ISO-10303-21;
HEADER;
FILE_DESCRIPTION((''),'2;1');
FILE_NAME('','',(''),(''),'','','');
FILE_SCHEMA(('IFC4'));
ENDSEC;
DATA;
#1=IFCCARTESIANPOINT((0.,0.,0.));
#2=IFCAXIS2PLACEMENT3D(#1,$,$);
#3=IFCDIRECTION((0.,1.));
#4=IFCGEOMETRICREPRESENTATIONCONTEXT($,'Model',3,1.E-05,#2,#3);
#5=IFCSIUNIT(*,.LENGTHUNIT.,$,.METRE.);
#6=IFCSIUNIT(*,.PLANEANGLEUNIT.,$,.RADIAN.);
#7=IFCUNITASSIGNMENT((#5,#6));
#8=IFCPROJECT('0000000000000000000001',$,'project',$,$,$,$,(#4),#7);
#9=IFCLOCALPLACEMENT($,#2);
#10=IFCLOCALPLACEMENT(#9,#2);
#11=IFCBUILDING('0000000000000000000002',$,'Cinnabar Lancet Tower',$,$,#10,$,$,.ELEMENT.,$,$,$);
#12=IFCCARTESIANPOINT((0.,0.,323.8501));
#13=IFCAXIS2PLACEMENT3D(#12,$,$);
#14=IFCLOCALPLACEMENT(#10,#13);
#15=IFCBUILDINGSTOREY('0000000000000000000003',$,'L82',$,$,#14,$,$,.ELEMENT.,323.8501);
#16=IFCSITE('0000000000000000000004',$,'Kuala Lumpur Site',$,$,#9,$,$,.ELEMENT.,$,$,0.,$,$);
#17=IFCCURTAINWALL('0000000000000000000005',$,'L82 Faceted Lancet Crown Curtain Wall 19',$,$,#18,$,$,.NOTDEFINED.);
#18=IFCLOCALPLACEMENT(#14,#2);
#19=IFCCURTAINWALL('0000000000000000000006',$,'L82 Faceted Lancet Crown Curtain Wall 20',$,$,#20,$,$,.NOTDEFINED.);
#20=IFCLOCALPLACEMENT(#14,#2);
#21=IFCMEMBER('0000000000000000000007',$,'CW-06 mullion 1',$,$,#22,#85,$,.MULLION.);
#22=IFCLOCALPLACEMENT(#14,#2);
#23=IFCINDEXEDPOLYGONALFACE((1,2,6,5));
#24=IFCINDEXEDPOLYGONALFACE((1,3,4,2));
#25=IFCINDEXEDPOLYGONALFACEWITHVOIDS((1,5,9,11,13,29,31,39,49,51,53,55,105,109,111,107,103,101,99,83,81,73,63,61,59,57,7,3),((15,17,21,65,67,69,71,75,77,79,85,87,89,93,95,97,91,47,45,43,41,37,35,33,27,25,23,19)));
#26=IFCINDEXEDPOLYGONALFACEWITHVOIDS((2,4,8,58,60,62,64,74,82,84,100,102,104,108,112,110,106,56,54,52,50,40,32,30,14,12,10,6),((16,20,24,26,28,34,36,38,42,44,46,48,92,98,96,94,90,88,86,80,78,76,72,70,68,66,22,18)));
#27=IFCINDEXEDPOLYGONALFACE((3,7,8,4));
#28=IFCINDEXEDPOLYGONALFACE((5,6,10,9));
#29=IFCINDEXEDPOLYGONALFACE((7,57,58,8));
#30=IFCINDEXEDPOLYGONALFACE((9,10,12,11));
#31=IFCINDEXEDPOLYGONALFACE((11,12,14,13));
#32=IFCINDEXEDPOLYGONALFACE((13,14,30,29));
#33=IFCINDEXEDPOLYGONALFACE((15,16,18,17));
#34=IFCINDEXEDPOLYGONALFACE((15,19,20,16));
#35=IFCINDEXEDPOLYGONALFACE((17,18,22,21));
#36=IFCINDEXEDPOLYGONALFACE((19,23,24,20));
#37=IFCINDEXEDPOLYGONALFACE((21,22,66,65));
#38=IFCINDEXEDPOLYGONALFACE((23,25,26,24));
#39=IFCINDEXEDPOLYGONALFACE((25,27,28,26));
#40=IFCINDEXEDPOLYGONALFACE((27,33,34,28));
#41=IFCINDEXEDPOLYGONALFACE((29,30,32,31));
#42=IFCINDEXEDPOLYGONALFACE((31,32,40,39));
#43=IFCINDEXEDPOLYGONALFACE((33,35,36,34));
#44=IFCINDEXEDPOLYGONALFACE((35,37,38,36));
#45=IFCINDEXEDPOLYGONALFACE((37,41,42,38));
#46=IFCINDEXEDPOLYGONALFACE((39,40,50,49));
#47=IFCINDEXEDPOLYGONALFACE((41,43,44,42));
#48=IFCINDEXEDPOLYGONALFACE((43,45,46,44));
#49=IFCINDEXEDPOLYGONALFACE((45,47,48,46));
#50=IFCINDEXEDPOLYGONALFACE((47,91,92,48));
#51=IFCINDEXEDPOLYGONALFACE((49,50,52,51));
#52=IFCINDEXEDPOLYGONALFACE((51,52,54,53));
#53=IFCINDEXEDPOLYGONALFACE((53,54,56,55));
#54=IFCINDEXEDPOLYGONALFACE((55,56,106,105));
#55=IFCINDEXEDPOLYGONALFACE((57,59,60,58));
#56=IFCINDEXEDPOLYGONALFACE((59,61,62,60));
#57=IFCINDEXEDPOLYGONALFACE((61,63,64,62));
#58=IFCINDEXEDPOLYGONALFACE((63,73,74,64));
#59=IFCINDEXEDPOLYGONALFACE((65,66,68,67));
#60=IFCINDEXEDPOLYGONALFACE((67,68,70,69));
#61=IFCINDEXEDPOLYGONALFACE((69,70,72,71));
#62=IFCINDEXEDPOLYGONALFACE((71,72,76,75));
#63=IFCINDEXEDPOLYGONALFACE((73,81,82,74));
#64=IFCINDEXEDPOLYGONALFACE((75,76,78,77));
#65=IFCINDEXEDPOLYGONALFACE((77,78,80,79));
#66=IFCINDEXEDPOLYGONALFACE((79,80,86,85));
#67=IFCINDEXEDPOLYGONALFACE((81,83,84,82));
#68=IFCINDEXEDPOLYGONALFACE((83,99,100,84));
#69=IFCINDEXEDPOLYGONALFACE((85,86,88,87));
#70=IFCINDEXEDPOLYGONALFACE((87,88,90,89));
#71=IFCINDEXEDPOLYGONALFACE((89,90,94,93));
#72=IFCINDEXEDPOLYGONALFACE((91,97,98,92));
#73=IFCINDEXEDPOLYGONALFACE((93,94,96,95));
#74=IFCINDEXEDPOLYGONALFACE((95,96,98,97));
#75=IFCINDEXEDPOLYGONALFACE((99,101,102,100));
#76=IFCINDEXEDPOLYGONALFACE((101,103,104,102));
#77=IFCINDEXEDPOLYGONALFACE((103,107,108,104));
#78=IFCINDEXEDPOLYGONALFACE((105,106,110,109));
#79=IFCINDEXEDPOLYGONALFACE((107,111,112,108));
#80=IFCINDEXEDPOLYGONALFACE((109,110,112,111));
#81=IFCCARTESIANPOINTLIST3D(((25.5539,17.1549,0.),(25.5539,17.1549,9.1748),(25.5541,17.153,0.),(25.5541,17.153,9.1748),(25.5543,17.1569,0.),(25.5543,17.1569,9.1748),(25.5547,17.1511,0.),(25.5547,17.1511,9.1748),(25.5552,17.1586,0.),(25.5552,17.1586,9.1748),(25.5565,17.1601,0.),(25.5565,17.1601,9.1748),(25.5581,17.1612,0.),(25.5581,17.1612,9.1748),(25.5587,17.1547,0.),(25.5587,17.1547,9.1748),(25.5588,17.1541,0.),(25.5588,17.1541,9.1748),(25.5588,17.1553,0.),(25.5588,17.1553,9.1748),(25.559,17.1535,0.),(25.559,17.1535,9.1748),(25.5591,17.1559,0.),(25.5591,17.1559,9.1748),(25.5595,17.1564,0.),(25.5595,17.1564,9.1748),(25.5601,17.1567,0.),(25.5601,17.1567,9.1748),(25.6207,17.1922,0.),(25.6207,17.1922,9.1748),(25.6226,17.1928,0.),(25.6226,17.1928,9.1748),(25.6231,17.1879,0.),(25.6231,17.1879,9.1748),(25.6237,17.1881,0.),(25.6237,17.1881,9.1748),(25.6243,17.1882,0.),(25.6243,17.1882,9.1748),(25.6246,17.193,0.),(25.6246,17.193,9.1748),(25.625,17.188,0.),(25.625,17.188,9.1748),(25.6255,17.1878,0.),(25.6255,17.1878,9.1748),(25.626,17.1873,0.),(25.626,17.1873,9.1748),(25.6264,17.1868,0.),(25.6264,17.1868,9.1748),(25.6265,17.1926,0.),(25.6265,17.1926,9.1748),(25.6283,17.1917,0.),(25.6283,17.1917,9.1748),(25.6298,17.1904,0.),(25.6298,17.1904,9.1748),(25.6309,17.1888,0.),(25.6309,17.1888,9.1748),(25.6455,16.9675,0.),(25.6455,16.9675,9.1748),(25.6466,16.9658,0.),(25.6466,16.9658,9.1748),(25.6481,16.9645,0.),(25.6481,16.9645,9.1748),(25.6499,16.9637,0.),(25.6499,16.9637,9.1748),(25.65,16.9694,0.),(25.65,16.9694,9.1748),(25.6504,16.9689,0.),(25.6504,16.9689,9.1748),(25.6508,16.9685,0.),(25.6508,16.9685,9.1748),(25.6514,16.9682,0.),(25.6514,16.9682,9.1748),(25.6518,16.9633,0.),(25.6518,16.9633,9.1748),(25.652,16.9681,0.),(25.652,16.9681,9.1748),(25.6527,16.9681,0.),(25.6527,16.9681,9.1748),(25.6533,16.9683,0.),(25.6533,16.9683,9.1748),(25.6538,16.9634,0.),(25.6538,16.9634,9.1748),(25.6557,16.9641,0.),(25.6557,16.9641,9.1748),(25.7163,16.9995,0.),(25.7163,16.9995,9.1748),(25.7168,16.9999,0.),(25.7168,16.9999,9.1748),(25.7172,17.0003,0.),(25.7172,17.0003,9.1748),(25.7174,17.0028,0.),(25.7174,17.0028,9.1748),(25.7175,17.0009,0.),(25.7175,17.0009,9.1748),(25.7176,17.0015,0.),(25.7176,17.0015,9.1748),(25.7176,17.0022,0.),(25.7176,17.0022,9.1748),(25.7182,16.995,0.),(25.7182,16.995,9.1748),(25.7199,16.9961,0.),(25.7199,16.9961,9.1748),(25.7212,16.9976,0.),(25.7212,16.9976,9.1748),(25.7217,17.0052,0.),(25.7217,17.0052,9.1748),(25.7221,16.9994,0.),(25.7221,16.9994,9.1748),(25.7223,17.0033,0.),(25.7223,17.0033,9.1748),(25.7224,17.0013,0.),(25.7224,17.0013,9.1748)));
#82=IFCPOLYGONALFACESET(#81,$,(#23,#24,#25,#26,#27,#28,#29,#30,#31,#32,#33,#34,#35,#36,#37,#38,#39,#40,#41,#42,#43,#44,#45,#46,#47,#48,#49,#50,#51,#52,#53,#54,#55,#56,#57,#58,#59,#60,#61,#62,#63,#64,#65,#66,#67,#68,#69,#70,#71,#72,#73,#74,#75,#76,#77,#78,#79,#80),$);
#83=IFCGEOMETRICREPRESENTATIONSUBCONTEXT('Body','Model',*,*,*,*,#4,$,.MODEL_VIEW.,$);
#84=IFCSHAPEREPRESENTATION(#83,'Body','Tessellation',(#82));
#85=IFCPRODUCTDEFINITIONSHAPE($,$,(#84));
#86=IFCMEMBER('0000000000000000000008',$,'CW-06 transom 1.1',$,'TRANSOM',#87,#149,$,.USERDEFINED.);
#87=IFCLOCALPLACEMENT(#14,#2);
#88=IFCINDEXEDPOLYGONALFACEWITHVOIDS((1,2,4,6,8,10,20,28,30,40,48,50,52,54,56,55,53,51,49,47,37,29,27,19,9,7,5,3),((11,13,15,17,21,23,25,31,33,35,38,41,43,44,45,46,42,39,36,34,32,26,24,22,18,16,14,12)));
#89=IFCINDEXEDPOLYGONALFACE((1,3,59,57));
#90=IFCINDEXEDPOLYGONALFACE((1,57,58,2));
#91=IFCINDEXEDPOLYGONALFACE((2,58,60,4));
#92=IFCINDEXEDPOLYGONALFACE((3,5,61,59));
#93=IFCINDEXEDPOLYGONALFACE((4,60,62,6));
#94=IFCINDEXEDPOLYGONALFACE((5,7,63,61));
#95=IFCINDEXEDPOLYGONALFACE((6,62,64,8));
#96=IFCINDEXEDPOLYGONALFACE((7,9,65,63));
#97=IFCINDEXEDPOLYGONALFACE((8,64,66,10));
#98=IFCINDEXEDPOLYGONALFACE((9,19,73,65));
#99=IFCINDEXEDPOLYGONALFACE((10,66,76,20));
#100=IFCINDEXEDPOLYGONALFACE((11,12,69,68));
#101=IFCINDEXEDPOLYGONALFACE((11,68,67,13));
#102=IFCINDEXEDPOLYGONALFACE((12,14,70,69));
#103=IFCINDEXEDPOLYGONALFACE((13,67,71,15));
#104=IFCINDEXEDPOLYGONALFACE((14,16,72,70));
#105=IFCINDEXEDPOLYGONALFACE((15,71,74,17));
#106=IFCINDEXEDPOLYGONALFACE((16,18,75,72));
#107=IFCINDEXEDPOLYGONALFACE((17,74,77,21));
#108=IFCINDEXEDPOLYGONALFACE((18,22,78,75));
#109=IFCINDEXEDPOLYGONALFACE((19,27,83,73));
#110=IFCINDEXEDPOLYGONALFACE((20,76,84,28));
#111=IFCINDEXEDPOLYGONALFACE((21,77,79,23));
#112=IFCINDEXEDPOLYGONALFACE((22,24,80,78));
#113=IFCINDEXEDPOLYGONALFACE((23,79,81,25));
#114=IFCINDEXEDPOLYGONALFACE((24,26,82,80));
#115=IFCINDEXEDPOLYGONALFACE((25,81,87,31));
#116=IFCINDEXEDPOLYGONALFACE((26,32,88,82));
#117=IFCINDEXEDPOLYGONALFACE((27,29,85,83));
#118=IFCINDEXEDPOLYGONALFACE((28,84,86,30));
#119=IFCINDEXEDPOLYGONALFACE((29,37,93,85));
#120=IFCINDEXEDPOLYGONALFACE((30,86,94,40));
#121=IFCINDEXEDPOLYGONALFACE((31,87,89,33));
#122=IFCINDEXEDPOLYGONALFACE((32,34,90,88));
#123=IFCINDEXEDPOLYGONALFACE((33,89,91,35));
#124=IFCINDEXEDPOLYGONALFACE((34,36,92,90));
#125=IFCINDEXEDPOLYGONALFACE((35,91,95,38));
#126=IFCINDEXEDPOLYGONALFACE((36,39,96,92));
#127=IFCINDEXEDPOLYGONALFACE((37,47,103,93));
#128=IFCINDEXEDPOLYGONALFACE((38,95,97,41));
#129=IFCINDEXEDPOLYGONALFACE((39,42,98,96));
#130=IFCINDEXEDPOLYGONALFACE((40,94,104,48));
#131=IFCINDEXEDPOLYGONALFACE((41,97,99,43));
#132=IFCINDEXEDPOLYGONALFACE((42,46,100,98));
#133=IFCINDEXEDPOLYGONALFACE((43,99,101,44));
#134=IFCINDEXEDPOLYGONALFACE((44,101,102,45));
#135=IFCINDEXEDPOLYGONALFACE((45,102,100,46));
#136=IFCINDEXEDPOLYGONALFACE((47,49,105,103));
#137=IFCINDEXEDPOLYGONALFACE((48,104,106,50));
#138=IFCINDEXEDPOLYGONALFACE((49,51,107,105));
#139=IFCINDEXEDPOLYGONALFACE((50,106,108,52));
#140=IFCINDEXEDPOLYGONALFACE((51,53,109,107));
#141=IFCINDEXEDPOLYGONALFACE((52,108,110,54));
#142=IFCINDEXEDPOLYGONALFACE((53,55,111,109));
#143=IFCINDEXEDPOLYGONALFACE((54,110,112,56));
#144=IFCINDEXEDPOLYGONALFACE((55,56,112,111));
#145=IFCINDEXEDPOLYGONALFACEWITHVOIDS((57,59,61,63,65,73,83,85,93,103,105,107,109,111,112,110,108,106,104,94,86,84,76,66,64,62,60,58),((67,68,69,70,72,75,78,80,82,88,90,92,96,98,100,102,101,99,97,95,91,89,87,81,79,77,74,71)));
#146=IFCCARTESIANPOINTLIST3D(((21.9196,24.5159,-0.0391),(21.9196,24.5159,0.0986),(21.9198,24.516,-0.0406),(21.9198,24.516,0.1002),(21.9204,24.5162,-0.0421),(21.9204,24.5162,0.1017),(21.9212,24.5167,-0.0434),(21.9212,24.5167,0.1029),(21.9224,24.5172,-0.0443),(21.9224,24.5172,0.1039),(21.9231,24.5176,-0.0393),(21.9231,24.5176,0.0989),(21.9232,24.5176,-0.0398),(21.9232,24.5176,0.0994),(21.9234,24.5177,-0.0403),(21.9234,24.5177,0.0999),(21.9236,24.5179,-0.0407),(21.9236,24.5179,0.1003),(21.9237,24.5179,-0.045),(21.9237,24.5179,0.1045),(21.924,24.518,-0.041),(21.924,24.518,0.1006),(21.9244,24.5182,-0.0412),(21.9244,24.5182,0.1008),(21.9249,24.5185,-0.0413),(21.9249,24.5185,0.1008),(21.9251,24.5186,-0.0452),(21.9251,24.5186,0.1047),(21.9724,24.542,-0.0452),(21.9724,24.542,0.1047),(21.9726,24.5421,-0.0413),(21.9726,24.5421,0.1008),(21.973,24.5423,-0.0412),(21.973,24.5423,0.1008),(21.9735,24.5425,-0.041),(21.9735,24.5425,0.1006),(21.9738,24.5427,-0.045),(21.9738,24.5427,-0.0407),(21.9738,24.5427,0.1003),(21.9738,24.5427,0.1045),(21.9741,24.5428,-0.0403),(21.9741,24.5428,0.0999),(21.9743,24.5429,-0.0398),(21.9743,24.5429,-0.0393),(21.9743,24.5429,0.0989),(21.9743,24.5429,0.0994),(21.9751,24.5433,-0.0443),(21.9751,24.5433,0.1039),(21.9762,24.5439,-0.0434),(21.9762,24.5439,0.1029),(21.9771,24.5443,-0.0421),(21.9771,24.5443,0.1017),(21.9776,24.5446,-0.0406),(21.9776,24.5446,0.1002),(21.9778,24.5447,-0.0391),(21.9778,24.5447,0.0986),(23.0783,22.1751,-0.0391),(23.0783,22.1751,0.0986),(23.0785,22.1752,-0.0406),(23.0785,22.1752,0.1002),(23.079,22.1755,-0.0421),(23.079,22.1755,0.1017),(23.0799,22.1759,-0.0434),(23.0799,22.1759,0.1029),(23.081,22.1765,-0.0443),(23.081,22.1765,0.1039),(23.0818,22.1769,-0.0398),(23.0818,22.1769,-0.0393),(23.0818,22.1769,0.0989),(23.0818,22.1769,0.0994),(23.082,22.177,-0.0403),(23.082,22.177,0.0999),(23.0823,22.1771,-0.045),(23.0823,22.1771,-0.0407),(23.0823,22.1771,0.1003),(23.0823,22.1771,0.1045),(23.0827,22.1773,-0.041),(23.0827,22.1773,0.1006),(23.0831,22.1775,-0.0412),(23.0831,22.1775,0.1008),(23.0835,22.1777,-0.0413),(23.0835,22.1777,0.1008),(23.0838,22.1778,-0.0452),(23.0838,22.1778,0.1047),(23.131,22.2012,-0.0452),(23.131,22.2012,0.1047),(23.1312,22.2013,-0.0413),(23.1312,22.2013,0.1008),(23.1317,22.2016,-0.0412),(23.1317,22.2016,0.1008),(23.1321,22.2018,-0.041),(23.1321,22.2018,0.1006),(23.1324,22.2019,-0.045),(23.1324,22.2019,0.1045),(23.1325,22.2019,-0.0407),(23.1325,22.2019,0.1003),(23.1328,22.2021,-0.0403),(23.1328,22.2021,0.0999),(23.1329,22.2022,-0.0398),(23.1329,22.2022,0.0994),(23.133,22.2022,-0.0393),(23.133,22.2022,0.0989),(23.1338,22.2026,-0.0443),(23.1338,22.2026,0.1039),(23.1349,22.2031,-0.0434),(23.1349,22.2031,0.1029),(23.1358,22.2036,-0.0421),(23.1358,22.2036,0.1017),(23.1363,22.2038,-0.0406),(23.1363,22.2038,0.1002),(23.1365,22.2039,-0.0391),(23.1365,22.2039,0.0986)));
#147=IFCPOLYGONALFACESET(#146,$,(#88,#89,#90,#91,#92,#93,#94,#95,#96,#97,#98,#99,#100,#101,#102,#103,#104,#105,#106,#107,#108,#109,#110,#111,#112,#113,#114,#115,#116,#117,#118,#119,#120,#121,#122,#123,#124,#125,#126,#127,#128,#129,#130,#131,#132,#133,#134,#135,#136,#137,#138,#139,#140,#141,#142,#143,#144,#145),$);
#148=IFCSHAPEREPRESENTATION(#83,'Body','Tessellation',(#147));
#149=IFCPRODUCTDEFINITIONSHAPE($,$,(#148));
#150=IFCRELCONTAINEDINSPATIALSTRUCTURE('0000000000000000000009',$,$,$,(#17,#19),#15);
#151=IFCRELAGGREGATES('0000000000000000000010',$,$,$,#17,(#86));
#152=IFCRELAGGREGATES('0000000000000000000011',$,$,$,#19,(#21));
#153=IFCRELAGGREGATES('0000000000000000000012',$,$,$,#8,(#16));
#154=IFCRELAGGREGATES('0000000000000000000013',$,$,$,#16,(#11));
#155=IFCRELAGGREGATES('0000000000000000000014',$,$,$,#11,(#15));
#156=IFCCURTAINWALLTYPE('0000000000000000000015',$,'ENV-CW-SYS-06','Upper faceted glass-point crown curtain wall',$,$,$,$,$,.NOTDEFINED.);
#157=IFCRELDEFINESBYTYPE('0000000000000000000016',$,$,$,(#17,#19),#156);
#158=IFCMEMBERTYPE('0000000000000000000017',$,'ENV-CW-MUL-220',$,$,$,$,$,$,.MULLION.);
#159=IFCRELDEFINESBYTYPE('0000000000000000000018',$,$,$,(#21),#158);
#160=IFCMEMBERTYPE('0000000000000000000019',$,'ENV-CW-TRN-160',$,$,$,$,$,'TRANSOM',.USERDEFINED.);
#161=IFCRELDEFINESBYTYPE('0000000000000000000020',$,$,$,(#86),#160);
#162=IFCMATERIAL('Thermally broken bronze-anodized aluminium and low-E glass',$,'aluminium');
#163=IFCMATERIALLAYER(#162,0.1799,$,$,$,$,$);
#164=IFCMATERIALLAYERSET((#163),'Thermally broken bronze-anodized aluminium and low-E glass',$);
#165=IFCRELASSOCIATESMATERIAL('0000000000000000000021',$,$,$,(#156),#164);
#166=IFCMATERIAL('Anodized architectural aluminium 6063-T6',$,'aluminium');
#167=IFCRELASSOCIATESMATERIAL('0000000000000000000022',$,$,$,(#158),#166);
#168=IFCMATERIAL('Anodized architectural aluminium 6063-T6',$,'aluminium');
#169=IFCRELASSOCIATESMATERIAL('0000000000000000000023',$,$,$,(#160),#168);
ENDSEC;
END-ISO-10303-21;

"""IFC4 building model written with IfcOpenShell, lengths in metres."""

from ifc_helpers import new_model, si_unit, direction, frame, origin, origin_2d, place, context, subcontext, project, spatial, hollow_rectangle, extrude, material, layer, layer_set, material_profile, profile_set, type_object, element, aggregate, save


model = new_model("IFC4")

# Units and contexts
model_context = context("Model", 3, precision=1e-05, world=origin(), true_north=direction((0.0, 1.0)))
body_context = subcontext(model_context, "Body", "Model", "MODEL_VIEW")
ifc_project = project(units=[si_unit("LENGTHUNIT", "METRE"), si_unit("PLANEANGLEUNIT", "RADIAN")], contexts=[model_context])

# Site, building, storey
site_placement = place(None, origin())
site = spatial("IfcSite", under=ifc_project, at=site_placement, Name="Kuala Lumpur Site", CompositionType="ELEMENT", RefElevation=0.0)
building_placement = place(site_placement, origin())
building = spatial("IfcBuilding", under=site, at=building_placement, Name="Cinnabar Lancet Tower", CompositionType="ELEMENT")
storey_placement = place(building_placement, frame((0.0, 0.0, 323.8501)))
storey = spatial("IfcBuildingStorey", under=building, at=storey_placement, Name="L82", CompositionType="ELEMENT", Elevation=323.8501)

# Curtain wall
ifc_material_1 = material(Name="Thermally broken bronze-anodized aluminium and low-E glass", Category="aluminium")
ifc_layer_1 = layer(ifc_material_1, 0.1799)
ifc_layer_set_1 = layer_set([ifc_layer_1], Name="Thermally broken bronze-anodized aluminium and low-E glass")
curtain_wall_type = type_object("IfcCurtainWallType", Name="ENV-CW-SYS-06", Description="Upper faceted glass-point crown curtain wall", PredefinedType="NOTDEFINED", material=ifc_layer_set_1)
curtain_wall_1_placement = place(storey_placement, origin())
curtain_wall_1 = element("IfcCurtainWall", 1, at=curtain_wall_1_placement, inside=storey, type_object=curtain_wall_type, Name="L82 Faceted Lancet Crown Curtain Wall 19", PredefinedType="NOTDEFINED")
ifc_material_2 = material(Name="Anodized architectural aluminium 6063-T6", Category="aluminium")
ifc_material_profile_1 = material_profile(ifc_material_2, hollow_rectangle(XDim=0.085, YDim=0.22, WallThickness=0.0049, InnerFilletRadius=0.0024, OuterFilletRadius=0.0076, at=origin_2d()), Name="CW-MUL 220x85x5")
ifc_profile_set_1 = profile_set([ifc_material_profile_1], Name="Anodized architectural aluminium 6063-T6")
member_type_1 = type_object("IfcMemberType", Name="ENV-CW-MUL-220", PredefinedType="MULLION", material=ifc_profile_set_1)

# Curtain wall, member
curtain_wall_2_placement = place(storey_placement, origin())
curtain_wall_2 = element("IfcCurtainWall", 2, at=curtain_wall_2_placement, inside=storey, type_object=curtain_wall_type, Name="L82 Faceted Lancet Crown Curtain Wall 20", PredefinedType="NOTDEFINED")
member_1_placement = place(storey_placement, frame((25.6382, 17.0781, 0.0), z_axis=(0.0, 0.0, 1.0), x_axis=(0.896337, 0.443373, 0.0)))
member_1 = element("IfcMember", 3, at=member_1_placement, type_object=member_type_1, Name="CW-06 mullion 1", PredefinedType="MULLION", context=body_context, shape_type="SweptSolid", body=[
    extrude(hollow_rectangle(XDim=0.085, YDim=0.22, WallThickness=0.0049, InnerFilletRadius=0.0024, OuterFilletRadius=0.0076, at=origin_2d()), origin(), (0.0, 0.0, 1.0), 9.1748),
])

# Member
ifc_material_3 = material(Name="Anodized architectural aluminium 6063-T6", Category="aluminium")
ifc_material_profile_2 = material_profile(ifc_material_3, hollow_rectangle(XDim=0.0649, YDim=0.1499, WallThickness=0.0039, InnerFilletRadius=0.002, OuterFilletRadius=0.0061, at=origin_2d()), Name="CW-TRN 150x65x4")
ifc_profile_set_2 = profile_set([ifc_material_profile_2], Name="Anodized architectural aluminium 6063-T6")
member_type_2 = type_object("IfcMemberType", Name="ENV-CW-TRN-160", ElementType="TRANSOM", PredefinedType="USERDEFINED", material=ifc_profile_set_2)
member_2_placement = place(storey_placement, frame((21.9487, 24.5303, 0.0298), z_axis=(0.443621, -0.896215, 0.0), x_axis=(0.896215, 0.443621, 0.0)))
member_2 = element("IfcMember", 4, at=member_2_placement, type_object=member_type_2, Name="CW-06 transom 1.1", ObjectType="TRANSOM", PredefinedType="USERDEFINED", context=body_context, shape_type="SweptSolid", body=[
    extrude(hollow_rectangle(XDim=0.0649, YDim=0.1499, WallThickness=0.0039, InnerFilletRadius=0.002, OuterFilletRadius=0.0061, at=origin_2d()), origin(), (0.0, 0.0, 1.0), 2.6118),
])

aggregate(curtain_wall_1, [member_2])
aggregate(curtain_wall_2, [member_1])

save(model, "model.ifc")
